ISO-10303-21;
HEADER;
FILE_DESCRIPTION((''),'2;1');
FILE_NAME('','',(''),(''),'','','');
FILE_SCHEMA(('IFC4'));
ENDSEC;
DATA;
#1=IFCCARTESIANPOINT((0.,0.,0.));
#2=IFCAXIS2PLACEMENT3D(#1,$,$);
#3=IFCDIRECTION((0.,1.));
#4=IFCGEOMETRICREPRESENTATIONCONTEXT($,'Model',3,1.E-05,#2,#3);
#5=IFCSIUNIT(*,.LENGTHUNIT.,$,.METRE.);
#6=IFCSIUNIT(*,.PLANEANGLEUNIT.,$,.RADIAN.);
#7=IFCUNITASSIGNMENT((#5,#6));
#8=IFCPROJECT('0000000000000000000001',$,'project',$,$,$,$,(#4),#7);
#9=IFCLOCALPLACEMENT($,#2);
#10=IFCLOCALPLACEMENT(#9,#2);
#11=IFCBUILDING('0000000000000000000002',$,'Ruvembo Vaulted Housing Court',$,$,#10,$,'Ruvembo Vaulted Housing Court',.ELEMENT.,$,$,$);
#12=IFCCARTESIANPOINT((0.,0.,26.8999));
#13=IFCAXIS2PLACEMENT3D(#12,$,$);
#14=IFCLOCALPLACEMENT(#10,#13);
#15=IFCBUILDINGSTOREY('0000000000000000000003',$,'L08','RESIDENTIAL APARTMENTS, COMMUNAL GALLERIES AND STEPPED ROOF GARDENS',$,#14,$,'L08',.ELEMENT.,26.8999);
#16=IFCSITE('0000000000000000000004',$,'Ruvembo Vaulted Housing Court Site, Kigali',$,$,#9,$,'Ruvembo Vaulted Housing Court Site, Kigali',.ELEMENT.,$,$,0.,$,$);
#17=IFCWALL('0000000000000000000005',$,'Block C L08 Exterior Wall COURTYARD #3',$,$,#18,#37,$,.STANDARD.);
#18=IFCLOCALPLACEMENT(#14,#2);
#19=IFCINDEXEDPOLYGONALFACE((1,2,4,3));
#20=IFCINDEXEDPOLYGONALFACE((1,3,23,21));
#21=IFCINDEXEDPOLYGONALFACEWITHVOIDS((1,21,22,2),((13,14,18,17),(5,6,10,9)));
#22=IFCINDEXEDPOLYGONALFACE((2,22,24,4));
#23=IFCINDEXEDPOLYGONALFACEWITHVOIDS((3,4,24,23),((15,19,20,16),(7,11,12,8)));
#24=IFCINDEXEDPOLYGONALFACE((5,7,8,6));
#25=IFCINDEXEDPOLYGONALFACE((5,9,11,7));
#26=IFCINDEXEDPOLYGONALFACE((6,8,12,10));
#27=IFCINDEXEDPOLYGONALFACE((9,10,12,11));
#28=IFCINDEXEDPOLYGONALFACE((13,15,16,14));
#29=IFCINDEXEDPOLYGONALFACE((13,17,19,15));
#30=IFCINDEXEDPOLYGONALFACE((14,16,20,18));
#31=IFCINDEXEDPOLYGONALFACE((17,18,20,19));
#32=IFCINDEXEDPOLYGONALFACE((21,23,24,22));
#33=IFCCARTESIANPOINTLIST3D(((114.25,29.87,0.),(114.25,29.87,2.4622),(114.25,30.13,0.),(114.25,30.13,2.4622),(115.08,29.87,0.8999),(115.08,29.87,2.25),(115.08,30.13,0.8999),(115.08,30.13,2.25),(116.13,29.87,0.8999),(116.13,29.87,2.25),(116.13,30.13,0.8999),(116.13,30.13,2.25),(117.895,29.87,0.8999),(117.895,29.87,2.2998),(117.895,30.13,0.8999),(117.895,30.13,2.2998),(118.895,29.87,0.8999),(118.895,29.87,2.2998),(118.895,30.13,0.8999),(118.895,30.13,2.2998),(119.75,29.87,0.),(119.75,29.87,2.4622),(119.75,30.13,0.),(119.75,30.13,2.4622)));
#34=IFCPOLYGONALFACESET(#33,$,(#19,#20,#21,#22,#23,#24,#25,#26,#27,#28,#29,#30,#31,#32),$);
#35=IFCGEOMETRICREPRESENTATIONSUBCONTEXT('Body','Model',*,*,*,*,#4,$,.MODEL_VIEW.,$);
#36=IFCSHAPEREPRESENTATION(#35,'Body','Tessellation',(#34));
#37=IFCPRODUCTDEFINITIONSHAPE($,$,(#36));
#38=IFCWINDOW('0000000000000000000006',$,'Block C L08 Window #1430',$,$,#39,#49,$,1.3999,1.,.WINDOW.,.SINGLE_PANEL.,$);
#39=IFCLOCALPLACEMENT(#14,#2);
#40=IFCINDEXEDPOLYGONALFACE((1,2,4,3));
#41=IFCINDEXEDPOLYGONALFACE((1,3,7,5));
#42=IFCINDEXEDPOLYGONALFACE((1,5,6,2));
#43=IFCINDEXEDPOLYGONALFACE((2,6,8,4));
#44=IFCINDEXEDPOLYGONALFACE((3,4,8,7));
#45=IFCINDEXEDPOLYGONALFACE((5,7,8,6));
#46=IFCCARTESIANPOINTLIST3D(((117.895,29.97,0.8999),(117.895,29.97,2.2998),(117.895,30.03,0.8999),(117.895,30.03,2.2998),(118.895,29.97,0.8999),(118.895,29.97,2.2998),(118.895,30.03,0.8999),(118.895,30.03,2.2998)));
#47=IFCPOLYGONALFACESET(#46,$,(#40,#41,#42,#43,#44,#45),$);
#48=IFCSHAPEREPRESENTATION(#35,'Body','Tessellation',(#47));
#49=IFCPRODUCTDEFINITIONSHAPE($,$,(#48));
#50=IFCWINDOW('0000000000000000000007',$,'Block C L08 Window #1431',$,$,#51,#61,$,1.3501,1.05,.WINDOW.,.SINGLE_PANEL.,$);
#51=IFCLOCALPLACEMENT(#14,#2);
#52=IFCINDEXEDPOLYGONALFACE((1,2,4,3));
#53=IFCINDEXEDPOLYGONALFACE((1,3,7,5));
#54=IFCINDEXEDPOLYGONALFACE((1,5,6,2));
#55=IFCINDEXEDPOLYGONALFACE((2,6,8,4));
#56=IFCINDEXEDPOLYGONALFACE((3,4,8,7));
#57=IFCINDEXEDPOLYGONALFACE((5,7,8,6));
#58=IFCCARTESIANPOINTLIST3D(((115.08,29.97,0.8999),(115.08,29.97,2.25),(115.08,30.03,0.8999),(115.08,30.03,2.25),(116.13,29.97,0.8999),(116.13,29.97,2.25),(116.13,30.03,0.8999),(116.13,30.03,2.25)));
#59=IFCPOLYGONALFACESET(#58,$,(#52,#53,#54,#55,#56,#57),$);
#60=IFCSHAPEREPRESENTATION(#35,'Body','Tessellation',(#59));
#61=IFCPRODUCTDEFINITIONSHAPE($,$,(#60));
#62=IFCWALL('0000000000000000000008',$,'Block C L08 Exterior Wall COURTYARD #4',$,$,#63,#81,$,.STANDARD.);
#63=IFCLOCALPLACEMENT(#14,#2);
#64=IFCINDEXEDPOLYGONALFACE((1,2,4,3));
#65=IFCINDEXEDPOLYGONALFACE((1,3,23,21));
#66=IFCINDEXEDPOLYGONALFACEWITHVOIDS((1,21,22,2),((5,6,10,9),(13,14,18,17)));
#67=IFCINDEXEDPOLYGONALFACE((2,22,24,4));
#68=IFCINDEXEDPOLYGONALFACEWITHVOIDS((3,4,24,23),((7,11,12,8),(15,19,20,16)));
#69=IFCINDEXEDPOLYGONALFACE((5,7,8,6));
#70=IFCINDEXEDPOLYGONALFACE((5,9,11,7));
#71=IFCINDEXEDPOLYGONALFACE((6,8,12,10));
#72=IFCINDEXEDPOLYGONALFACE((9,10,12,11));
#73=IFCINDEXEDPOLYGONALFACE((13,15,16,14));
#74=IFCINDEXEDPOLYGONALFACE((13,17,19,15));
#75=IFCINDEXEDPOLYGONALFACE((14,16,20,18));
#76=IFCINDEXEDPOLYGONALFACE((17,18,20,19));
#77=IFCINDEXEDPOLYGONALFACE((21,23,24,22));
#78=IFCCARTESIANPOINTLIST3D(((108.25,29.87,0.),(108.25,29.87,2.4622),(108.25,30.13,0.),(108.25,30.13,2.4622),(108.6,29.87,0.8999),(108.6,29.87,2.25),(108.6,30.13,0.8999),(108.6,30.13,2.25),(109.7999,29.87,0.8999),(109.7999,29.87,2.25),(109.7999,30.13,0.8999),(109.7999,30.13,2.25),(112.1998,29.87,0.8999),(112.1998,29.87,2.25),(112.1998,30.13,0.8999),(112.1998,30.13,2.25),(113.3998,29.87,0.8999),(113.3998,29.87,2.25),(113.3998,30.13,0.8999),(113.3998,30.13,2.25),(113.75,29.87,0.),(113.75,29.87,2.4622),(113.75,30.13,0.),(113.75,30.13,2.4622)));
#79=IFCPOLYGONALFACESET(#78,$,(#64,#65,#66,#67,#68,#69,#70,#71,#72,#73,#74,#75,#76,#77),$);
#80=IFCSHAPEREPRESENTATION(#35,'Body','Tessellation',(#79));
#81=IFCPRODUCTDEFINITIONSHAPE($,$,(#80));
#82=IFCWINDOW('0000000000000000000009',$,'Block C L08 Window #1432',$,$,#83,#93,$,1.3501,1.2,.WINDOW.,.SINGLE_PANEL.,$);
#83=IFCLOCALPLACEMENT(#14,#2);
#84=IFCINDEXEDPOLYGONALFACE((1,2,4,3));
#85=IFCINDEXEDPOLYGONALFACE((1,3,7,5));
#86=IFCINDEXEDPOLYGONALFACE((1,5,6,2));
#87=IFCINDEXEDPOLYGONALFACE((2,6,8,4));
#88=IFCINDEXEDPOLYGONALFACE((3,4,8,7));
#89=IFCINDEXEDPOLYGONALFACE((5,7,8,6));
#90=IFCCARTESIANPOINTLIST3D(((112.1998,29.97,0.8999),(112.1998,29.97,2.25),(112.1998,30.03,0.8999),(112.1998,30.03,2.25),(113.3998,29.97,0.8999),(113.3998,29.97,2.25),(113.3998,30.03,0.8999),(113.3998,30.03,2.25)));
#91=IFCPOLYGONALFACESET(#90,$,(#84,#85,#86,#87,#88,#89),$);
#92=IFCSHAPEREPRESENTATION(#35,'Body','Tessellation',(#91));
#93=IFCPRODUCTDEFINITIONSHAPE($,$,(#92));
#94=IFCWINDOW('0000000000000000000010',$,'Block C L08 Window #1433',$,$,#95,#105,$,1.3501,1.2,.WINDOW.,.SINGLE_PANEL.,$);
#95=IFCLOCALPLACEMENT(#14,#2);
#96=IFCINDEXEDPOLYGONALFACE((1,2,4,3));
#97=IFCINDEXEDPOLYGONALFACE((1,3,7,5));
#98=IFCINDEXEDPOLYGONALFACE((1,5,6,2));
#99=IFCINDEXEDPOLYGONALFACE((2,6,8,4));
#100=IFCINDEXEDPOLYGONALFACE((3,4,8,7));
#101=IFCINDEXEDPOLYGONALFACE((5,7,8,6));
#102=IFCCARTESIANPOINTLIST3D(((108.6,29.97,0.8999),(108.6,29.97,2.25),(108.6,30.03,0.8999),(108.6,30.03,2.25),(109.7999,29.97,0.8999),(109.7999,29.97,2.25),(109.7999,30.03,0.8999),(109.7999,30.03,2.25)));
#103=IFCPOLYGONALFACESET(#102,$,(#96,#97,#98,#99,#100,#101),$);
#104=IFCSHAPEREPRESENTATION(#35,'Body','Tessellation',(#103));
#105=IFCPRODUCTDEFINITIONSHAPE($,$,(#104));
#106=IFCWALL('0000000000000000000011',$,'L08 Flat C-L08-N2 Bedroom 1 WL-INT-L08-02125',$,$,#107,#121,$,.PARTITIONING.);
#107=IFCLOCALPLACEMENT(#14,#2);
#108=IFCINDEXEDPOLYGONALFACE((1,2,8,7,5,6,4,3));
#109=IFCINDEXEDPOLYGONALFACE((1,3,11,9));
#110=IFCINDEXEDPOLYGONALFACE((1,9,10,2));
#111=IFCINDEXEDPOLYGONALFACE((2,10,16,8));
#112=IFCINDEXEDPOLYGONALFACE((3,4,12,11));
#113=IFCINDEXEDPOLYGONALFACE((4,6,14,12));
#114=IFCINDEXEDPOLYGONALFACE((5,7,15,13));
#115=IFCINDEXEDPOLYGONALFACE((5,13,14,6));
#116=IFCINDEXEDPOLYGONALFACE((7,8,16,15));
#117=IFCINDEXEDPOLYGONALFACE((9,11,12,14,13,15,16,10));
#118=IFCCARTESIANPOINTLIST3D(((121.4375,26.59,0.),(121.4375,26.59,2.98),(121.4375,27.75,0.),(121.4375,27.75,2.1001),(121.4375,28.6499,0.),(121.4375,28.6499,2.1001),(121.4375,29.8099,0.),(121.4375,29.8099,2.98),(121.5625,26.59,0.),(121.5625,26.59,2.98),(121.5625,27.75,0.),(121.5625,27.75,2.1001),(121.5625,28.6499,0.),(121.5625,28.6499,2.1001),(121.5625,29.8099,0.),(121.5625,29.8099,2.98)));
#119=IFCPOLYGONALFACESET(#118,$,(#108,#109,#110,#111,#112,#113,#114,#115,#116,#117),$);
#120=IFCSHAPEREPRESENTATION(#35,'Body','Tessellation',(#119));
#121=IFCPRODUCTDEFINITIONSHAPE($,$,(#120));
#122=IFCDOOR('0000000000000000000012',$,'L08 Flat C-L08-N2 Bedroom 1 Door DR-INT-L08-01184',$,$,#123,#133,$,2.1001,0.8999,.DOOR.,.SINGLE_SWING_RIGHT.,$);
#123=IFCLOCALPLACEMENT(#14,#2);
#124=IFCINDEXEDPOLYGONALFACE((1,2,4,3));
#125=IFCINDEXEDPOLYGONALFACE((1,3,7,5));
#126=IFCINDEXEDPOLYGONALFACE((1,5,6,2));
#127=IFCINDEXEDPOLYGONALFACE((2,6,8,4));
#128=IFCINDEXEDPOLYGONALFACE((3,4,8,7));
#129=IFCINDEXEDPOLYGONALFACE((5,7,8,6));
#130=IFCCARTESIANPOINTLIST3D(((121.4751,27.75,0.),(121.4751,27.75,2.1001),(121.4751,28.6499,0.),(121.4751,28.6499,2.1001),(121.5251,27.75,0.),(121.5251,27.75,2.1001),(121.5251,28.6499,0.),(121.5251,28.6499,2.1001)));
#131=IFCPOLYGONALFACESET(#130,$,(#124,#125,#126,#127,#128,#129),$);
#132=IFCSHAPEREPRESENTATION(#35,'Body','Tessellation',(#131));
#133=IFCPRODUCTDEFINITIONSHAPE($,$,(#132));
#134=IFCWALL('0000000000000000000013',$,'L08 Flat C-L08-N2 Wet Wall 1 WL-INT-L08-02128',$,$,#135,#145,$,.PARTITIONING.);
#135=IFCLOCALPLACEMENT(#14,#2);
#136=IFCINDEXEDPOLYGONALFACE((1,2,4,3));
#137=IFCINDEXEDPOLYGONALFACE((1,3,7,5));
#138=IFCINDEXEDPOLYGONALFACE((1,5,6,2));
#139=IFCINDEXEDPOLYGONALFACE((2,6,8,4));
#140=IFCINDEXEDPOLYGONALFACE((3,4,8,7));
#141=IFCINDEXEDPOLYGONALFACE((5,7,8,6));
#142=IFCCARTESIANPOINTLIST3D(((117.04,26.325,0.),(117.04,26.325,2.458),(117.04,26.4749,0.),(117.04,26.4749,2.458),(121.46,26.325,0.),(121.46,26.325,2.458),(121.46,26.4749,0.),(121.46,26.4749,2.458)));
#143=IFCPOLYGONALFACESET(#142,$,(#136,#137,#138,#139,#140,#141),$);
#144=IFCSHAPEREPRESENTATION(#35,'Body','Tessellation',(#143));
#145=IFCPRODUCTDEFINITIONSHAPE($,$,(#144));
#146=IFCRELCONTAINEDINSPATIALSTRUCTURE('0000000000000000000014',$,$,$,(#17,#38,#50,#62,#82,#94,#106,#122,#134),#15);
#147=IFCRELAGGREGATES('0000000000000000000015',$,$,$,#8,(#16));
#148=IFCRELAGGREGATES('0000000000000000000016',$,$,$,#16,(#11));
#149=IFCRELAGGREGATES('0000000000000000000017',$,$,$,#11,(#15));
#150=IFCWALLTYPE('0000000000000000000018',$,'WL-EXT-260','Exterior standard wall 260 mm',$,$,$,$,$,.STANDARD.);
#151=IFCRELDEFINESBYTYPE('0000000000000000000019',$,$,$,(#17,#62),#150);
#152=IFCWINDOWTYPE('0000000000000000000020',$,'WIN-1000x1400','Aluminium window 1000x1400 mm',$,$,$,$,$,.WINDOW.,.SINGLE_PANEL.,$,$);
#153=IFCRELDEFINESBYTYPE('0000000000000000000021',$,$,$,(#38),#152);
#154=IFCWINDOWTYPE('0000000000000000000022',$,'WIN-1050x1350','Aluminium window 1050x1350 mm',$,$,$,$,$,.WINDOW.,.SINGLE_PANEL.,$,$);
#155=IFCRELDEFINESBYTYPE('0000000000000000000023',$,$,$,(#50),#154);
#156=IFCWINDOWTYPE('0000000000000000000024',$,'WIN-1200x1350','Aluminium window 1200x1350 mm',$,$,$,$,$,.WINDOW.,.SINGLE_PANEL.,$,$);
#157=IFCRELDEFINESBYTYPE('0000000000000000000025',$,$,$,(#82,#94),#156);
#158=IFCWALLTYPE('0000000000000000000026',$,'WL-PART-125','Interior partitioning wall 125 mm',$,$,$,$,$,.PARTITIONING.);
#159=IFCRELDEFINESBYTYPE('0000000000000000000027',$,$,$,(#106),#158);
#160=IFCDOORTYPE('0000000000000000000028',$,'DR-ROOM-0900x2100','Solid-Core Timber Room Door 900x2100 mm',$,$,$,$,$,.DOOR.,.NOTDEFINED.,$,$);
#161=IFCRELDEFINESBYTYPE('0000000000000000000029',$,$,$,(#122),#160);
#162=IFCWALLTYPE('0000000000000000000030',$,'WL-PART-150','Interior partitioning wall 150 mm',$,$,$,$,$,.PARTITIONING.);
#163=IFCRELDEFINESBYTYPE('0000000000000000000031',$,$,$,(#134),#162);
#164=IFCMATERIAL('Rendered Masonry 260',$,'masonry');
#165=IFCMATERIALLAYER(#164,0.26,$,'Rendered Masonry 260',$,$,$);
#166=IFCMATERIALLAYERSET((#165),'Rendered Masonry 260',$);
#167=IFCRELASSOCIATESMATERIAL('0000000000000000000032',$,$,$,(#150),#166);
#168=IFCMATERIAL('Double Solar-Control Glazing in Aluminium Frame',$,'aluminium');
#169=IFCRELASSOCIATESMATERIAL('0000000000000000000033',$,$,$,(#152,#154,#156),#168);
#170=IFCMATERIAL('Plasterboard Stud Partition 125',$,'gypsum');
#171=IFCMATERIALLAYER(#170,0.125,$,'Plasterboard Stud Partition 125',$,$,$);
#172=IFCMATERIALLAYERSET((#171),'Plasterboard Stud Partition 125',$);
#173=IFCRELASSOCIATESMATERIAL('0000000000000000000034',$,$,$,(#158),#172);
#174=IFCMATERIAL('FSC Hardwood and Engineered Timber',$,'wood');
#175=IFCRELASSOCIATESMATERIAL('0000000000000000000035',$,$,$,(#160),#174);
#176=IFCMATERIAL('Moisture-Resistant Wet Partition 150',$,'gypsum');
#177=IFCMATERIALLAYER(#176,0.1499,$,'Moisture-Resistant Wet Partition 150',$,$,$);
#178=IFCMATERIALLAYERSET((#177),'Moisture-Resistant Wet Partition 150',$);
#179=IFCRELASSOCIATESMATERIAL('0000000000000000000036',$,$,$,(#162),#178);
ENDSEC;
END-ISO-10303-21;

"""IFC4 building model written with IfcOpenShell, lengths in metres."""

from ifc_helpers import new_model, si_unit, direction, frame, frame_2d, origin, place, context, subcontext, project, spatial, rectangle, extrude, material, layer, layer_set, type_object, element, fill, save


model = new_model("IFC4")

# Units and contexts
model_context = context("Model", 3, precision=1e-05, world=origin(), true_north=direction((0.0, 1.0)))
body_context = subcontext(model_context, "Body", "Model", "MODEL_VIEW")
ifc_project = project(units=[si_unit("LENGTHUNIT", "METRE"), si_unit("PLANEANGLEUNIT", "RADIAN")], contexts=[model_context])

# Site, building, storey
site_placement = place(None, origin())
site = spatial("IfcSite", under=ifc_project, at=site_placement, Name="Ruvembo Vaulted Housing Court Site, Kigali", LongName="Ruvembo Vaulted Housing Court Site, Kigali", CompositionType="ELEMENT", RefElevation=0.0)
building_placement = place(site_placement, origin())
building = spatial("IfcBuilding", under=site, at=building_placement, Name="Ruvembo Vaulted Housing Court", LongName="Ruvembo Vaulted Housing Court", CompositionType="ELEMENT")
storey_placement = place(building_placement, frame((0.0, 0.0, 26.8999)))
storey = spatial("IfcBuildingStorey", under=building, at=storey_placement, Name="L08", Description="RESIDENTIAL APARTMENTS, COMMUNAL GALLERIES AND STEPPED ROOF GARDENS", LongName="L08", CompositionType="ELEMENT", Elevation=26.8999)

# Walls, openings, windows
ifc_material_1 = material(Name="Rendered Masonry 260", Category="masonry")
ifc_layer_1 = layer(ifc_material_1, 0.26, Name="Rendered Masonry 260")
ifc_layer_set_1 = layer_set([ifc_layer_1], Name="Rendered Masonry 260")
wall_type_1 = type_object("IfcWallType", Name="WL-EXT-260", Description="Exterior standard wall 260 mm", PredefinedType="STANDARD", material=ifc_layer_set_1)
ifc_material_2 = material(Name="Double Solar-Control Glazing in Aluminium Frame", Category="aluminium")
wall_1_placement = place(storey_placement, frame((119.75, 30.0, 0.0), z_axis=(0.0, 0.0, 1.0), x_axis=(-1.0, 0.0, 0.0)))
wall_1 = element("IfcWall", 1, at=wall_1_placement, inside=storey, type_object=wall_type_1, Name="Block C L08 Exterior Wall COURTYARD #3", PredefinedType="STANDARD", context=body_context, shape_type="SweptSolid", body=[
    extrude(rectangle(XDim=5.5, YDim=0.26, at=frame_2d((2.75, 0.0))), origin(), (0.0, 0.0, 1.0), 2.4622),
])
opening_1_placement = place(wall_1_placement, frame((0.855, 0.0, 0.8999)))
opening_1 = element("IfcOpeningElement", 2, at=opening_1_placement, cuts=wall_1, PredefinedType="OPENING", context=body_context, shape_type="SweptSolid", body=[
    extrude(rectangle(XDim=1.0, YDim=1.3999, at=frame_2d((0.5, 0.7))), frame((0.0, 0.1399, 0.0), z_axis=(0.0, -1.0, 0.0), x_axis=(1.0, 0.0, 0.0)), (0.0, 0.0, 1.0), 0.28),
])
opening_2_placement = place(wall_1_placement, frame((3.6201, 0.0, 0.8999)))
opening_2 = element("IfcOpeningElement", 3, at=opening_2_placement, cuts=wall_1, PredefinedType="OPENING", context=body_context, shape_type="SweptSolid", body=[
    extrude(rectangle(XDim=1.05, YDim=1.3501, at=frame_2d((0.5249, 0.675))), frame((0.0, 0.1399, 0.0), z_axis=(0.0, -1.0, 0.0), x_axis=(1.0, 0.0, 0.0)), (0.0, 0.0, 1.0), 0.28),
])
window_type_1 = type_object("IfcWindowType", Name="WIN-1000x1400", Description="Aluminium window 1000x1400 mm", PartitioningType="SINGLE_PANEL", PredefinedType="WINDOW", material=ifc_material_2)
window_1_placement = place(opening_1_placement, origin())
window_1 = element("IfcWindow", 4, at=window_1_placement, inside=storey, type_object=window_type_1, Name="Block C L08 Window #1430", OverallHeight=1.3999, OverallWidth=1.0, PartitioningType="SINGLE_PANEL", PredefinedType="WINDOW", context=body_context, shape_type="SweptSolid", body=[
    extrude(rectangle(XDim=1.0, YDim=1.3999, at=frame_2d((0.5, 0.7))), frame((0.0, 0.03, 0.0), z_axis=(0.0, -1.0, 0.0), x_axis=(1.0, 0.0, 0.0)), (0.0, 0.0, 1.0), 0.0601),
])
fill(opening_1, window_1)
window_type_2 = type_object("IfcWindowType", Name="WIN-1050x1350", Description="Aluminium window 1050x1350 mm", PartitioningType="SINGLE_PANEL", PredefinedType="WINDOW", material=ifc_material_2)
window_2_placement = place(opening_2_placement, origin())
window_2 = element("IfcWindow", 5, at=window_2_placement, inside=storey, type_object=window_type_2, Name="Block C L08 Window #1431", OverallHeight=1.3501, OverallWidth=1.05, PartitioningType="SINGLE_PANEL", PredefinedType="WINDOW", context=body_context, shape_type="SweptSolid", body=[
    extrude(rectangle(XDim=1.05, YDim=1.3501, at=frame_2d((0.5249, 0.675))), frame((0.0, 0.03, 0.0), z_axis=(0.0, -1.0, 0.0), x_axis=(1.0, 0.0, 0.0)), (0.0, 0.0, 1.0), 0.0601),
])
fill(opening_2, window_2)
wall_2_placement = place(storey_placement, frame((113.75, 30.0, 0.0), z_axis=(0.0, 0.0, 1.0), x_axis=(-1.0, 0.0, 0.0)))
wall_2 = element("IfcWall", 6, at=wall_2_placement, inside=storey, type_object=wall_type_1, Name="Block C L08 Exterior Wall COURTYARD #4", PredefinedType="STANDARD", context=body_context, shape_type="SweptSolid", body=[
    extrude(rectangle(XDim=5.5, YDim=0.26, at=frame_2d((2.75, 0.0))), origin(), (0.0, 0.0, 1.0), 2.4622),
])
opening_3_placement = place(wall_2_placement, frame((0.3501, 0.0, 0.8999)))
opening_3 = element("IfcOpeningElement", 7, at=opening_3_placement, cuts=wall_2, PredefinedType="OPENING", context=body_context, shape_type="SweptSolid", body=[
    extrude(rectangle(XDim=1.2, YDim=1.3501, at=frame_2d((0.6001, 0.675))), frame((0.0, 0.1399, 0.0), z_axis=(0.0, -1.0, 0.0), x_axis=(1.0, 0.0, 0.0)), (0.0, 0.0, 1.0), 0.28),
])
opening_4_placement = place(wall_2_placement, frame((3.95, 0.0, 0.8999)))
opening_4 = element("IfcOpeningElement", 8, at=opening_4_placement, cuts=wall_2, PredefinedType="OPENING", context=body_context, shape_type="SweptSolid", body=[
    extrude(rectangle(XDim=1.2, YDim=1.3501, at=frame_2d((0.6001, 0.675))), frame((0.0, 0.1399, 0.0), z_axis=(0.0, -1.0, 0.0), x_axis=(1.0, 0.0, 0.0)), (0.0, 0.0, 1.0), 0.28),
])
window_type_3 = type_object("IfcWindowType", Name="WIN-1200x1350", Description="Aluminium window 1200x1350 mm", PartitioningType="SINGLE_PANEL", PredefinedType="WINDOW", material=ifc_material_2)
window_3_placement = place(opening_3_placement, origin())
window_3 = element("IfcWindow", 9, at=window_3_placement, inside=storey, type_object=window_type_3, Name="Block C L08 Window #1432", OverallHeight=1.3501, OverallWidth=1.2, PartitioningType="SINGLE_PANEL", PredefinedType="WINDOW", context=body_context, shape_type="SweptSolid", body=[
    extrude(rectangle(XDim=1.2, YDim=1.3501, at=frame_2d((0.6001, 0.675))), frame((0.0, 0.03, 0.0), z_axis=(0.0, -1.0, 0.0), x_axis=(1.0, 0.0, 0.0)), (0.0, 0.0, 1.0), 0.0601),
])
fill(opening_3, window_3)
window_4_placement = place(opening_4_placement, origin())
window_4 = element("IfcWindow", 10, at=window_4_placement, inside=storey, type_object=window_type_3, Name="Block C L08 Window #1433", OverallHeight=1.3501, OverallWidth=1.2, PartitioningType="SINGLE_PANEL", PredefinedType="WINDOW", context=body_context, shape_type="SweptSolid", body=[
    extrude(rectangle(XDim=1.2, YDim=1.3501, at=frame_2d((0.6001, 0.675))), frame((0.0, 0.03, 0.0), z_axis=(0.0, -1.0, 0.0), x_axis=(1.0, 0.0, 0.0)), (0.0, 0.0, 1.0), 0.0601),
])
fill(opening_4, window_4)

# Wall, opening, door
ifc_material_3 = material(Name="Plasterboard Stud Partition 125", Category="gypsum")
ifc_layer_2 = layer(ifc_material_3, 0.125, Name="Plasterboard Stud Partition 125")
ifc_layer_set_2 = layer_set([ifc_layer_2], Name="Plasterboard Stud Partition 125")
wall_type_2 = type_object("IfcWallType", Name="WL-PART-125", Description="Interior partitioning wall 125 mm", PredefinedType="PARTITIONING", material=ifc_layer_set_2)
wall_3_placement = place(storey_placement, frame((121.5, 26.5901, 0.0), z_axis=(0.0, 0.0, 1.0), x_axis=(0.0, 1.0, 0.0)))
wall_3 = element("IfcWall", 11, at=wall_3_placement, inside=storey, type_object=wall_type_2, Name="L08 Flat C-L08-N2 Bedroom 1 WL-INT-L08-02125", PredefinedType="PARTITIONING", context=body_context, shape_type="SweptSolid", body=[
    extrude(rectangle(XDim=3.22, YDim=0.125, at=frame_2d((1.6099, 0.0))), origin(), (0.0, 0.0, 1.0), 2.98),
])
opening_5_placement = place(wall_3_placement, frame((1.1599, 0.0, 0.0)))
opening_5 = element("IfcOpeningElement", 12, at=opening_5_placement, cuts=wall_3, PredefinedType="OPENING", context=body_context, shape_type="SweptSolid", body=[
    extrude(rectangle(XDim=0.8999, YDim=2.1001, at=frame_2d((0.45, 1.05))), frame((0.0, 0.0725, 0.0), z_axis=(0.0, -1.0, 0.0), x_axis=(1.0, 0.0, 0.0)), (0.0, 0.0, 1.0), 0.145),
])
ifc_material_4 = material(Name="FSC Hardwood and Engineered Timber", Category="wood")
door_type_1 = type_object("IfcDoorType", Name="DR-ROOM-0900x2100", Description="Solid-Core Timber Room Door 900x2100 mm", OperationType="NOTDEFINED", PredefinedType="DOOR", material=ifc_material_4)
door_1_placement = place(opening_5_placement, origin())
door_1 = element("IfcDoor", 13, at=door_1_placement, inside=storey, type_object=door_type_1, Name="L08 Flat C-L08-N2 Bedroom 1 Door DR-INT-L08-01184", OperationType="SINGLE_SWING_RIGHT", OverallHeight=2.1001, OverallWidth=0.8999, PredefinedType="DOOR", context=body_context, shape_type="SweptSolid", body=[
    extrude(rectangle(XDim=0.8999, YDim=2.1001, at=frame_2d((0.45, 1.05))), frame((0.0, 0.0249, 0.0), z_axis=(0.0, -1.0, 0.0), x_axis=(1.0, 0.0, 0.0)), (0.0, 0.0, 1.0), 0.05),
])
fill(opening_5, door_1)

# Wall
ifc_material_5 = material(Name="Moisture-Resistant Wet Partition 150", Category="gypsum")
ifc_layer_3 = layer(ifc_material_5, 0.1499, Name="Moisture-Resistant Wet Partition 150")
ifc_layer_set_3 = layer_set([ifc_layer_3], Name="Moisture-Resistant Wet Partition 150")
wall_type_3 = type_object("IfcWallType", Name="WL-PART-150", Description="Interior partitioning wall 150 mm", PredefinedType="PARTITIONING", material=ifc_layer_set_3)
wall_4_placement = place(storey_placement, frame((117.04, 26.3999, 0.0), z_axis=(0.0, 0.0, 1.0), x_axis=(1.0, 0.0, 0.0)))
element("IfcWall", 14, at=wall_4_placement, inside=storey, type_object=wall_type_3, Name="L08 Flat C-L08-N2 Wet Wall 1 WL-INT-L08-02128", PredefinedType="PARTITIONING", context=body_context, shape_type="SweptSolid", body=[
    extrude(rectangle(XDim=4.4199, YDim=0.1499, at=frame_2d((2.21, 0.0))), origin(), (0.0, 0.0, 1.0), 2.458),
])

save(model, "model.ifc")
